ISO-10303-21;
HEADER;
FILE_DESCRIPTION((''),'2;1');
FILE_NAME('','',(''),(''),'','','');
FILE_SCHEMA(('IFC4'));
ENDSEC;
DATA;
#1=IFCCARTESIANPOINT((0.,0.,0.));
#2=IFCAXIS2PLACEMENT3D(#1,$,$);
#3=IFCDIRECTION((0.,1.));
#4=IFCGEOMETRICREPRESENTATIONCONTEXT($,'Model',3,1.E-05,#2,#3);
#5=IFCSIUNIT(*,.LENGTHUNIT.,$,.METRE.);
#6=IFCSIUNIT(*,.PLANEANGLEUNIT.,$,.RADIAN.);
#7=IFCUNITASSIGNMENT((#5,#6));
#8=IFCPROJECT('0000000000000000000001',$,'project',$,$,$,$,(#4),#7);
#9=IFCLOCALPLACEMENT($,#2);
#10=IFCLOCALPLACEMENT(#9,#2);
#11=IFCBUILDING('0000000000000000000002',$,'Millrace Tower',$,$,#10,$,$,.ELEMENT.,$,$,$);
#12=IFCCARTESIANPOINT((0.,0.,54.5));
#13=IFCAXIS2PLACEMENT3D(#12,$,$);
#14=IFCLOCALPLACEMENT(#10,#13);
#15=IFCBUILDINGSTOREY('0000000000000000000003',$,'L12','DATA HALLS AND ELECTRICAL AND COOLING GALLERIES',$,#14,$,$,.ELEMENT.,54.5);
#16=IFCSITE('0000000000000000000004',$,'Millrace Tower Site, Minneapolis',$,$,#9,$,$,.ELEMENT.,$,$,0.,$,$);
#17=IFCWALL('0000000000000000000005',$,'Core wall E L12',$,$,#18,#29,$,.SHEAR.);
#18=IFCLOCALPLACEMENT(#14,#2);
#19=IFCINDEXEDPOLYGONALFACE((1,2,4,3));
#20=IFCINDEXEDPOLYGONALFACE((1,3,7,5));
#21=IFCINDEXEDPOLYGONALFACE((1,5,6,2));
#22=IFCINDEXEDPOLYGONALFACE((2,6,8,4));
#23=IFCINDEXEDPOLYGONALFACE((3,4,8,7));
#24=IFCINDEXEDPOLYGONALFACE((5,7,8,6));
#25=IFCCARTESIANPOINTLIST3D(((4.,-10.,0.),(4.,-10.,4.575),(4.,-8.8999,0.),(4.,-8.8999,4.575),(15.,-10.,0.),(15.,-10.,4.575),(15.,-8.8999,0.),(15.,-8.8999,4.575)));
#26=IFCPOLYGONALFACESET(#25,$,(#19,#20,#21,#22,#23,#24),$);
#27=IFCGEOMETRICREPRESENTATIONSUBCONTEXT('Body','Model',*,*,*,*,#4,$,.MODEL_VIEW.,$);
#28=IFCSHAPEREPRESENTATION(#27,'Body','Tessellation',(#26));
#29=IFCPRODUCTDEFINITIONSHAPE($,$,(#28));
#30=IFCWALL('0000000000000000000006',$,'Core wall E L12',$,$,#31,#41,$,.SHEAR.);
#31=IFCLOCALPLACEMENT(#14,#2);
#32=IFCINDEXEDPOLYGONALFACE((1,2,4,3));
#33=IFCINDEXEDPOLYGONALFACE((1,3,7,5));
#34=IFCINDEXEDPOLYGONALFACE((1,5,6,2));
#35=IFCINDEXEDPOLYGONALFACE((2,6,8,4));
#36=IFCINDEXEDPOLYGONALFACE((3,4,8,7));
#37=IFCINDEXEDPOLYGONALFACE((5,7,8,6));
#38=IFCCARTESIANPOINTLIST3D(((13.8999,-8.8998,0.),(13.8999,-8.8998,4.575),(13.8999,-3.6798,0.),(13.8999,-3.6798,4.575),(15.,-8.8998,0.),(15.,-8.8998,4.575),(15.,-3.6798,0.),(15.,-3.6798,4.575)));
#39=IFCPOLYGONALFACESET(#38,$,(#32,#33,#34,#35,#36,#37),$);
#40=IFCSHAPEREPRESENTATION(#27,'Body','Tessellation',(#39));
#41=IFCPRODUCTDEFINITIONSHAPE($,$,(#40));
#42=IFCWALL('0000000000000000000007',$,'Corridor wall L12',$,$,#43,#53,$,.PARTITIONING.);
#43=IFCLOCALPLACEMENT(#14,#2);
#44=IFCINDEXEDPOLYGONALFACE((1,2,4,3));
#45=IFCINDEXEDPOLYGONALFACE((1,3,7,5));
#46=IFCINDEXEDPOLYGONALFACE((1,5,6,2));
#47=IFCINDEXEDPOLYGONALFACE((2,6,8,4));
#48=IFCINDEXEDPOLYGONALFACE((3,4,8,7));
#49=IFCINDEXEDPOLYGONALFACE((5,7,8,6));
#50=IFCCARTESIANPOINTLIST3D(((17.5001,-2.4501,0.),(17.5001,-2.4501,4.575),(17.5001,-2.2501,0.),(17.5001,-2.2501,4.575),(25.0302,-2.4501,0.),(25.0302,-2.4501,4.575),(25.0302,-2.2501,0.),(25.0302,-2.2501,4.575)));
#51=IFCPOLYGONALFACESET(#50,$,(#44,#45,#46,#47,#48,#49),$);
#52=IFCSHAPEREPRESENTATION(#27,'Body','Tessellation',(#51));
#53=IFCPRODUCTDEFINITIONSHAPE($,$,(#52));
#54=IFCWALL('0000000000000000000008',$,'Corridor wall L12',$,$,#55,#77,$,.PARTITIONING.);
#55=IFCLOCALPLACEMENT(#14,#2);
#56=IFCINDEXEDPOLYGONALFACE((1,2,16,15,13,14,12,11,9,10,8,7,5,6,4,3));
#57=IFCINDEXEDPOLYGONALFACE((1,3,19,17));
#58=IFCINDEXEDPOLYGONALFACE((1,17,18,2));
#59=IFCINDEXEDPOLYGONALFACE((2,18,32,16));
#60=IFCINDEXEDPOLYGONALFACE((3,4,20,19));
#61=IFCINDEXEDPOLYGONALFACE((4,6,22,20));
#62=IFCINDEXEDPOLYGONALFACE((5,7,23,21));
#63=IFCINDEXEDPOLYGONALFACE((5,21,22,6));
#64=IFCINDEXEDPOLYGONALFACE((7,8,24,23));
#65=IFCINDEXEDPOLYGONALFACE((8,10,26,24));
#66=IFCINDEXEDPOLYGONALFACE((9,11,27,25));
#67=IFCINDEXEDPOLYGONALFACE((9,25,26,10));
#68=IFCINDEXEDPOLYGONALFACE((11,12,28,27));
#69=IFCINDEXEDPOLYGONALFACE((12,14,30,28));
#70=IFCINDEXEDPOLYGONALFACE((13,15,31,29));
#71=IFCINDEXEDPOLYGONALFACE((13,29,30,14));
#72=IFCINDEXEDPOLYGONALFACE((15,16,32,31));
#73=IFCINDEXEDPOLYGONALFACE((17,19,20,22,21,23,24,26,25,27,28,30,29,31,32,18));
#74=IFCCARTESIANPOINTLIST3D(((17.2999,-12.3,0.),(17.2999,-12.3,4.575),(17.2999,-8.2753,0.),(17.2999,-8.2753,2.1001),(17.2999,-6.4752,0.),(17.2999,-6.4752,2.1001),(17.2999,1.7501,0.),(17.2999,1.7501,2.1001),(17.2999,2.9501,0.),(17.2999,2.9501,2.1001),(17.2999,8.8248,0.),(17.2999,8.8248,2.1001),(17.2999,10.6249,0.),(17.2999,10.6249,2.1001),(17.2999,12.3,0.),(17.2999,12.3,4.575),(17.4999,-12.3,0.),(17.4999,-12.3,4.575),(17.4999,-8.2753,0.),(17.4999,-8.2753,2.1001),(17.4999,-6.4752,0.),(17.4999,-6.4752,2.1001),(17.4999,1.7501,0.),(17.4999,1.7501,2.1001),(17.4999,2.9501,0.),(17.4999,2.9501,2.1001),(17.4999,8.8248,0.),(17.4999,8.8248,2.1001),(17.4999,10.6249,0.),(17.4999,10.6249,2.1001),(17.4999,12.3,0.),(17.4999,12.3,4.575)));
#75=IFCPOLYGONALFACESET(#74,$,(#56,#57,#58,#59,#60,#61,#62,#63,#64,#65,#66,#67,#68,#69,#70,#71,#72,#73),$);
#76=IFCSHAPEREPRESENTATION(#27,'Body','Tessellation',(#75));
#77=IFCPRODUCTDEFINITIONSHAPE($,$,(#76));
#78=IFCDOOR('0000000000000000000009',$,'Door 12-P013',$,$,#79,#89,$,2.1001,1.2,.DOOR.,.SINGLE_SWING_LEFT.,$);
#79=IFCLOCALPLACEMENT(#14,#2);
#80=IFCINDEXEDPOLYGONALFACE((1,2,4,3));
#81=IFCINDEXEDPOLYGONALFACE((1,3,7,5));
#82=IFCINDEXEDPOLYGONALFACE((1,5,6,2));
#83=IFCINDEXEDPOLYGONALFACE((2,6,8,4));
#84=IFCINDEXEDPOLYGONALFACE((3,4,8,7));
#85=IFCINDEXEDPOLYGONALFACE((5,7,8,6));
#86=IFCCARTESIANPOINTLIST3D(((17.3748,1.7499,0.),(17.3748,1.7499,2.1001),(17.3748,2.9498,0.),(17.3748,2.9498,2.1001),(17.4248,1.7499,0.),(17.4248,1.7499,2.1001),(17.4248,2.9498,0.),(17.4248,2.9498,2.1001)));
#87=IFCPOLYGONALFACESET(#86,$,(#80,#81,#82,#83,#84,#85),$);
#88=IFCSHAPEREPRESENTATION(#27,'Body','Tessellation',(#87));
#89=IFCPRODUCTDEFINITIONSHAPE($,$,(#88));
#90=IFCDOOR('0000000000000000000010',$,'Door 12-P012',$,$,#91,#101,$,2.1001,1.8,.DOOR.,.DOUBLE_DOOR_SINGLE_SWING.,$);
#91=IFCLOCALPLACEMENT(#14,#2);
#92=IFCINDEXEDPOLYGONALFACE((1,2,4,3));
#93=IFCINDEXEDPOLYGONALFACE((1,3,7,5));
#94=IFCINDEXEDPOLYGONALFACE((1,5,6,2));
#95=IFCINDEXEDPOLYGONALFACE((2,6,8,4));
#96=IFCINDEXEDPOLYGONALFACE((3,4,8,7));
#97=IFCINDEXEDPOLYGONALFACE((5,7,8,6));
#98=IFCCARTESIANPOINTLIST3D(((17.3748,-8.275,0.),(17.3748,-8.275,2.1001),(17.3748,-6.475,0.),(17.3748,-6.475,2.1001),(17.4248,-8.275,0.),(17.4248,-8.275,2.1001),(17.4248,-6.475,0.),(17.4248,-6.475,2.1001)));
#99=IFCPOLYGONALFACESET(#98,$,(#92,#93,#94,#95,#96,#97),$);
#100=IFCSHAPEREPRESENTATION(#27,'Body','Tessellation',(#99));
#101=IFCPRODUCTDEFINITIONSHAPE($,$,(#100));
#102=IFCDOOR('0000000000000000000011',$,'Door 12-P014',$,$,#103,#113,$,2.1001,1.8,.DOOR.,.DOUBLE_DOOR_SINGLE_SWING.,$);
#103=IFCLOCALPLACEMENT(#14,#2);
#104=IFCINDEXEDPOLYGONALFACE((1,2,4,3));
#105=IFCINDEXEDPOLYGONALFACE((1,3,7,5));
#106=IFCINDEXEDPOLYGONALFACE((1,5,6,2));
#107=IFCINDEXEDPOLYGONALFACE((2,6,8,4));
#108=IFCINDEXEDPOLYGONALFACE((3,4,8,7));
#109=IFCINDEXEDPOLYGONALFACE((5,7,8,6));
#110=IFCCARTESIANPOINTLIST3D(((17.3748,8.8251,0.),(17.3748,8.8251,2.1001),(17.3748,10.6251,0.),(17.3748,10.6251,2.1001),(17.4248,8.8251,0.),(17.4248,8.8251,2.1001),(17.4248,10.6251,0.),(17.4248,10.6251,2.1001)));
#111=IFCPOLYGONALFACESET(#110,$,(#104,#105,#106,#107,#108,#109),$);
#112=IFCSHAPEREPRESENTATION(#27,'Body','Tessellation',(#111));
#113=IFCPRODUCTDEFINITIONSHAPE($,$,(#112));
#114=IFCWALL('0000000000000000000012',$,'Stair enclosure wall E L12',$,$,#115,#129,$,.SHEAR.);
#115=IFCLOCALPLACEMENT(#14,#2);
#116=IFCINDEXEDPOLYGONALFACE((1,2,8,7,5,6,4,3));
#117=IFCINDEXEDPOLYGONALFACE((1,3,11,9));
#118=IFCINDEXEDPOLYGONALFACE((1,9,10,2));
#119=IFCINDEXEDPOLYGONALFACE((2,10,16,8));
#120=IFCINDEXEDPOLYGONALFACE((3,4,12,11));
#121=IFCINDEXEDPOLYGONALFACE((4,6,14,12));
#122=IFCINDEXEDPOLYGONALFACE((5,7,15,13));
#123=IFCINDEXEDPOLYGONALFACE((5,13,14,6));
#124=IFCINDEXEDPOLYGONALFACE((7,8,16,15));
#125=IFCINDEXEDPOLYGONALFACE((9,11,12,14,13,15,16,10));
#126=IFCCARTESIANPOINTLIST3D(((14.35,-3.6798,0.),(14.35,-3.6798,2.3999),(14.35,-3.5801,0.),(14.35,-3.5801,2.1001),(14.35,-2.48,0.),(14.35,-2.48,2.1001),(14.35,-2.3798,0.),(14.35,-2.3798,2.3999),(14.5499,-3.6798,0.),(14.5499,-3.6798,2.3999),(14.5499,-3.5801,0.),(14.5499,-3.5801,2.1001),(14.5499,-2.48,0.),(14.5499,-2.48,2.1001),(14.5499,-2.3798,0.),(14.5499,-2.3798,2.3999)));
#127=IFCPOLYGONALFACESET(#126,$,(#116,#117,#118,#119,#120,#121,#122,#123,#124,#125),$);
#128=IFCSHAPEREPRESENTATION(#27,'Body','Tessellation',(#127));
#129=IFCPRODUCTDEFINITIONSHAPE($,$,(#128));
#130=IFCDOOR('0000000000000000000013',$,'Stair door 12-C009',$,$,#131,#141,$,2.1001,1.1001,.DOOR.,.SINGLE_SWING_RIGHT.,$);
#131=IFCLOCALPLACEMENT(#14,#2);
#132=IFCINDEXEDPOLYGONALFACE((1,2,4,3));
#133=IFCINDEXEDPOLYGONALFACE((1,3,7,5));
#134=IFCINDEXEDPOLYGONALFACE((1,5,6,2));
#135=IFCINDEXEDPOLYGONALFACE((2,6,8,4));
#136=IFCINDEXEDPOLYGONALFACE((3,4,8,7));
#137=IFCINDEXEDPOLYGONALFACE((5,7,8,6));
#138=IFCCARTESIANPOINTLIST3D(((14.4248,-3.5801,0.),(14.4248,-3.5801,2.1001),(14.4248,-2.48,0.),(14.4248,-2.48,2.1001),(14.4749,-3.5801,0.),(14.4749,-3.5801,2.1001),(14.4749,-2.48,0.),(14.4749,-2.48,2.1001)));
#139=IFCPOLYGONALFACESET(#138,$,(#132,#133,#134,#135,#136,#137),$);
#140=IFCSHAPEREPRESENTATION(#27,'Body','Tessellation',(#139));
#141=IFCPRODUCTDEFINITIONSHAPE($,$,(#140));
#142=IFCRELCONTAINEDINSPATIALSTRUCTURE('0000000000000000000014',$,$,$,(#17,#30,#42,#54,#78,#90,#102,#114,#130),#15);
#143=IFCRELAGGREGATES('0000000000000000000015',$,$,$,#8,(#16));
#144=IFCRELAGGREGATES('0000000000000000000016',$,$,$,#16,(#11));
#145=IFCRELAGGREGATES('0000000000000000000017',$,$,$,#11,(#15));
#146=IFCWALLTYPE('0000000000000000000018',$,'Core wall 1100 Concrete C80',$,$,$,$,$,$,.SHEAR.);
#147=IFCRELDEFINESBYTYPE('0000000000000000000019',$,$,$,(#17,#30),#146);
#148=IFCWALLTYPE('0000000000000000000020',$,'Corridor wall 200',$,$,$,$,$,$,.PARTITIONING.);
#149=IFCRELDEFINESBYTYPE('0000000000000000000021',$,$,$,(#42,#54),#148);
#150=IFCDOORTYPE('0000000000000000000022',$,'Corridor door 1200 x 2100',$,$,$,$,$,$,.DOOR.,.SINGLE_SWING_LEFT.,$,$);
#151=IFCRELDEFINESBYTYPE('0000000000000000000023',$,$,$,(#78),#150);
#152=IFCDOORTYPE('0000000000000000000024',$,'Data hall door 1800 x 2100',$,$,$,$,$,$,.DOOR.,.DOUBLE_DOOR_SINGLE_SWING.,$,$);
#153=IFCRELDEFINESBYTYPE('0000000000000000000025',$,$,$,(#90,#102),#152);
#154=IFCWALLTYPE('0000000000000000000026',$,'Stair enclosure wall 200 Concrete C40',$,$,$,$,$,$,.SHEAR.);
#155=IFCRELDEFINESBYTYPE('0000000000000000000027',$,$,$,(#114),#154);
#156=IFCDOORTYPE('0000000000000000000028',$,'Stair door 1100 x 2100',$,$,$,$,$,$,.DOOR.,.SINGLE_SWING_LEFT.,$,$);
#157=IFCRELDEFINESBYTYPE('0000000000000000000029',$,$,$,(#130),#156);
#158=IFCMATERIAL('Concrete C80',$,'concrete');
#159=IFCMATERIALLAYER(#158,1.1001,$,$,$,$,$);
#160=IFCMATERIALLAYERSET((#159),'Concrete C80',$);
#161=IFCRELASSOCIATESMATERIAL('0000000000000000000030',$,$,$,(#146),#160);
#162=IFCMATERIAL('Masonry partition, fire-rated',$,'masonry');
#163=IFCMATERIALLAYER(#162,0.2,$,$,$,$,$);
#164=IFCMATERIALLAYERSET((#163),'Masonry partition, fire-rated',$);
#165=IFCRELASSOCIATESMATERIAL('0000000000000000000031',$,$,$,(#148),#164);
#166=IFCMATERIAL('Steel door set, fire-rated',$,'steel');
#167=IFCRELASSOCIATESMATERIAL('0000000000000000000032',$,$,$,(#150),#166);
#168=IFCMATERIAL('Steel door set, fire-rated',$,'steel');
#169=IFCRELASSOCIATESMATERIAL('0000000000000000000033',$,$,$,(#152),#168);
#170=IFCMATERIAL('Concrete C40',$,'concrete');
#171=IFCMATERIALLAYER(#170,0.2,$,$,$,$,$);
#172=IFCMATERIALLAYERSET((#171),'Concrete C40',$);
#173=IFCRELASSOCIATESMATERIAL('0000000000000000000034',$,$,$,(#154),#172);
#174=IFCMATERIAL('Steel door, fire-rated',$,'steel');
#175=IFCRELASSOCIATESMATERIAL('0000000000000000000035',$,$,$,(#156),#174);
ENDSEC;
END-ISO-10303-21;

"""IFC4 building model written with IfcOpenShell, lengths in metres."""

from ifc_helpers import new_model, si_unit, direction, frame, frame_2d, origin, place, context, subcontext, project, spatial, rectangle, extrude, material, layer, layer_set, type_object, element, fill, save


model = new_model("IFC4")

# Units and contexts
model_context = context("Model", 3, precision=1e-05, world=origin(), true_north=direction((0.0, 1.0)))
body_context = subcontext(model_context, "Body", "Model", "MODEL_VIEW")
ifc_project = project(units=[si_unit("LENGTHUNIT", "METRE"), si_unit("PLANEANGLEUNIT", "RADIAN")], contexts=[model_context])

# Site, building, storey
site_placement = place(None, origin())
site = spatial("IfcSite", under=ifc_project, at=site_placement, Name="Millrace Tower Site, Minneapolis", CompositionType="ELEMENT", RefElevation=0.0)
building_placement = place(site_placement, origin())
building = spatial("IfcBuilding", under=site, at=building_placement, Name="Millrace Tower", CompositionType="ELEMENT")
storey_placement = place(building_placement, frame((0.0, 0.0, 54.5)))
storey = spatial("IfcBuildingStorey", under=building, at=storey_placement, Name="L12", Description="DATA HALLS AND ELECTRICAL AND COOLING GALLERIES", CompositionType="ELEMENT", Elevation=54.5)

# Walls
ifc_material_1 = material(Name="Concrete C80", Category="concrete")
ifc_layer_1 = layer(ifc_material_1, 1.1001)
ifc_layer_set_1 = layer_set([ifc_layer_1], Name="Concrete C80")
wall_type_1 = type_object("IfcWallType", Name="Core wall 1100 Concrete C80", PredefinedType="SHEAR", material=ifc_layer_set_1)
wall_1_placement = place(storey_placement, frame((15.0, -9.45, 0.0), z_axis=(0.0, 0.0, 1.0), x_axis=(-1.0, 0.0, 0.0)))
element("IfcWall", 1, at=wall_1_placement, inside=storey, type_object=wall_type_1, Name="Core wall E L12", PredefinedType="SHEAR", context=body_context, shape_type="SweptSolid", body=[
    extrude(rectangle(XDim=11.0, YDim=1.1001, at=frame_2d((5.5, 0.0))), origin(), (0.0, 0.0, 1.0), 4.575),
])
wall_2_placement = place(storey_placement, frame((14.45, -3.6799, 0.0), z_axis=(0.0, 0.0, 1.0), x_axis=(0.0, -1.0, 0.0)))
element("IfcWall", 2, at=wall_2_placement, inside=storey, type_object=wall_type_1, Name="Core wall E L12", PredefinedType="SHEAR", context=body_context, shape_type="SweptSolid", body=[
    extrude(rectangle(XDim=5.22, YDim=1.1001, at=frame_2d((2.6099, 0.0))), origin(), (0.0, 0.0, 1.0), 4.575),
])
ifc_material_2 = material(Name="Masonry partition, fire-rated", Category="masonry")
ifc_layer_2 = layer(ifc_material_2, 0.2)
ifc_layer_set_2 = layer_set([ifc_layer_2], Name="Masonry partition, fire-rated")
wall_type_2 = type_object("IfcWallType", Name="Corridor wall 200", PredefinedType="PARTITIONING", material=ifc_layer_set_2)
wall_3_placement = place(storey_placement, frame((17.5, -2.3501, 0.0), z_axis=(0.0, 0.0, 1.0), x_axis=(1.0, 0.0, 0.0)))
element("IfcWall", 3, at=wall_3_placement, inside=storey, type_object=wall_type_2, Name="Corridor wall L12", PredefinedType="PARTITIONING", context=body_context, shape_type="SweptSolid", body=[
    extrude(rectangle(XDim=7.53, YDim=0.2, at=frame_2d((3.7651, 0.0))), origin(), (0.0, 0.0, 1.0), 4.575),
])

# Wall, openings, doors
wall_4_placement = place(storey_placement, frame((17.3999, -12.3, 0.0), z_axis=(0.0, 0.0, 1.0), x_axis=(0.0, 1.0, 0.0)))
wall_4 = element("IfcWall", 4, at=wall_4_placement, inside=storey, type_object=wall_type_2, Name="Corridor wall L12", PredefinedType="PARTITIONING", context=body_context, shape_type="SweptSolid", body=[
    extrude(rectangle(XDim=24.6001, YDim=0.2, at=frame_2d((12.3, 0.0))), origin(), (0.0, 0.0, 1.0), 4.575),
])
opening_1_placement = place(wall_4_placement, frame((4.0249, 0.0, 0.0)))
opening_1 = element("IfcOpeningElement", 5, at=opening_1_placement, cuts=wall_4, PredefinedType="OPENING", context=body_context, shape_type="SweptSolid", body=[
    extrude(rectangle(XDim=1.8, YDim=2.1001, at=frame_2d((0.8999, 1.05))), frame((0.0, 0.1099, 0.0), z_axis=(0.0, -1.0, 0.0), x_axis=(1.0, 0.0, 0.0)), (0.0, 0.0, 1.0), 0.22),
])
opening_2_placement = place(wall_4_placement, frame((14.05, 0.0, 0.0)))
opening_2 = element("IfcOpeningElement", 6, at=opening_2_placement, cuts=wall_4, PredefinedType="OPENING", context=body_context, shape_type="SweptSolid", body=[
    extrude(rectangle(XDim=1.2, YDim=2.1001, at=frame_2d((0.6001, 1.05))), frame((0.0, 0.1099, 0.0), z_axis=(0.0, -1.0, 0.0), x_axis=(1.0, 0.0, 0.0)), (0.0, 0.0, 1.0), 0.22),
])
opening_3_placement = place(wall_4_placement, frame((21.125, 0.0, 0.0)))
opening_3 = element("IfcOpeningElement", 7, at=opening_3_placement, cuts=wall_4, PredefinedType="OPENING", context=body_context, shape_type="SweptSolid", body=[
    extrude(rectangle(XDim=1.8, YDim=2.1001, at=frame_2d((0.8999, 1.05))), frame((0.0, 0.1099, 0.0), z_axis=(0.0, -1.0, 0.0), x_axis=(1.0, 0.0, 0.0)), (0.0, 0.0, 1.0), 0.22),
])
ifc_material_3 = material(Name="Steel door set, fire-rated", Category="steel")
door_type_1 = type_object("IfcDoorType", Name="Corridor door 1200 x 2100", OperationType="SINGLE_SWING_LEFT", PredefinedType="DOOR", material=ifc_material_3)
door_1_placement = place(opening_2_placement, frame((1.2, 0.0, 0.0), z_axis=(0.0, 0.0, 1.0), x_axis=(-1.0, 0.0, 0.0)))
door_1 = element("IfcDoor", 8, at=door_1_placement, inside=storey, type_object=door_type_1, Name="Door 12-P013", OperationType="SINGLE_SWING_LEFT", OverallHeight=2.1001, OverallWidth=1.2, PredefinedType="DOOR", context=body_context, shape_type="SweptSolid", body=[
    extrude(rectangle(XDim=1.2, YDim=2.1001, at=frame_2d((0.6001, 1.05))), frame((0.0, 0.0249, 0.0), z_axis=(0.0, -1.0, 0.0), x_axis=(1.0, 0.0, 0.0)), (0.0, 0.0, 1.0), 0.05),
])
fill(opening_2, door_1)
ifc_material_4 = material(Name="Steel door set, fire-rated", Category="steel")
door_type_2 = type_object("IfcDoorType", Name="Data hall door 1800 x 2100", OperationType="DOUBLE_DOOR_SINGLE_SWING", PredefinedType="DOOR", material=ifc_material_4)
door_2_placement = place(opening_1_placement, frame((1.8, 0.0, 0.0), z_axis=(0.0, 0.0, 1.0), x_axis=(-1.0, 0.0, 0.0)))
door_2 = element("IfcDoor", 9, at=door_2_placement, inside=storey, type_object=door_type_2, Name="Door 12-P012", OperationType="DOUBLE_DOOR_SINGLE_SWING", OverallHeight=2.1001, OverallWidth=1.8, PredefinedType="DOOR", context=body_context, shape_type="SweptSolid", body=[
    extrude(rectangle(XDim=1.8, YDim=2.1001, at=frame_2d((0.8999, 1.05))), frame((0.0, 0.0249, 0.0), z_axis=(0.0, -1.0, 0.0), x_axis=(1.0, 0.0, 0.0)), (0.0, 0.0, 1.0), 0.05),
])
fill(opening_1, door_2)
door_3_placement = place(opening_3_placement, frame((1.8, 0.0, 0.0), z_axis=(0.0, 0.0, 1.0), x_axis=(-1.0, 0.0, 0.0)))
door_3 = element("IfcDoor", 10, at=door_3_placement, inside=storey, type_object=door_type_2, Name="Door 12-P014", OperationType="DOUBLE_DOOR_SINGLE_SWING", OverallHeight=2.1001, OverallWidth=1.8, PredefinedType="DOOR", context=body_context, shape_type="SweptSolid", body=[
    extrude(rectangle(XDim=1.8, YDim=2.1001, at=frame_2d((0.8999, 1.05))), frame((0.0, 0.0249, 0.0), z_axis=(0.0, -1.0, 0.0), x_axis=(1.0, 0.0, 0.0)), (0.0, 0.0, 1.0), 0.05),
])
fill(opening_3, door_3)

# Wall, opening, door
ifc_material_5 = material(Name="Concrete C40", Category="concrete")
ifc_layer_3 = layer(ifc_material_5, 0.2)
ifc_layer_set_3 = layer_set([ifc_layer_3], Name="Concrete C40")
wall_type_3 = type_object("IfcWallType", Name="Stair enclosure wall 200 Concrete C40", PredefinedType="SHEAR", material=ifc_layer_set_3)
wall_5_placement = place(storey_placement, frame((14.45, -2.3799, 0.0), z_axis=(0.0, 0.0, 1.0), x_axis=(0.0, -1.0, 0.0)))
wall_5 = element("IfcWall", 11, at=wall_5_placement, inside=storey, type_object=wall_type_3, Name="Stair enclosure wall E L12", PredefinedType="SHEAR", context=body_context, shape_type="SweptSolid", body=[
    extrude(rectangle(XDim=1.3, YDim=0.2, at=frame_2d((0.6499, 0.0))), origin(), (0.0, 0.0, 1.0), 2.3999),
])
opening_4_placement = place(wall_5_placement, frame((0.1001, 0.0, 0.0)))
opening_4 = element("IfcOpeningElement", 12, at=opening_4_placement, cuts=wall_5, PredefinedType="OPENING", context=body_context, shape_type="SweptSolid", body=[
    extrude(rectangle(XDim=1.1001, YDim=2.1001, at=frame_2d((0.55, 1.05))), frame((0.0, 0.1099, 0.0), z_axis=(0.0, -1.0, 0.0), x_axis=(1.0, 0.0, 0.0)), (0.0, 0.0, 1.0), 0.22),
])
ifc_material_6 = material(Name="Steel door, fire-rated", Category="steel")
door_type_3 = type_object("IfcDoorType", Name="Stair door 1100 x 2100", OperationType="SINGLE_SWING_LEFT", PredefinedType="DOOR", material=ifc_material_6)
door_4_placement = place(opening_4_placement, origin())
door_4 = element("IfcDoor", 13, at=door_4_placement, inside=storey, type_object=door_type_3, Name="Stair door 12-C009", OperationType="SINGLE_SWING_RIGHT", OverallHeight=2.1001, OverallWidth=1.1001, PredefinedType="DOOR", context=body_context, shape_type="SweptSolid", body=[
    extrude(rectangle(XDim=1.1001, YDim=2.1001, at=frame_2d((0.55, 1.05))), frame((0.0, 0.0249, 0.0), z_axis=(0.0, -1.0, 0.0), x_axis=(1.0, 0.0, 0.0)), (0.0, 0.0, 1.0), 0.05),
])
fill(opening_4, door_4)

save(model, "model.ifc")
